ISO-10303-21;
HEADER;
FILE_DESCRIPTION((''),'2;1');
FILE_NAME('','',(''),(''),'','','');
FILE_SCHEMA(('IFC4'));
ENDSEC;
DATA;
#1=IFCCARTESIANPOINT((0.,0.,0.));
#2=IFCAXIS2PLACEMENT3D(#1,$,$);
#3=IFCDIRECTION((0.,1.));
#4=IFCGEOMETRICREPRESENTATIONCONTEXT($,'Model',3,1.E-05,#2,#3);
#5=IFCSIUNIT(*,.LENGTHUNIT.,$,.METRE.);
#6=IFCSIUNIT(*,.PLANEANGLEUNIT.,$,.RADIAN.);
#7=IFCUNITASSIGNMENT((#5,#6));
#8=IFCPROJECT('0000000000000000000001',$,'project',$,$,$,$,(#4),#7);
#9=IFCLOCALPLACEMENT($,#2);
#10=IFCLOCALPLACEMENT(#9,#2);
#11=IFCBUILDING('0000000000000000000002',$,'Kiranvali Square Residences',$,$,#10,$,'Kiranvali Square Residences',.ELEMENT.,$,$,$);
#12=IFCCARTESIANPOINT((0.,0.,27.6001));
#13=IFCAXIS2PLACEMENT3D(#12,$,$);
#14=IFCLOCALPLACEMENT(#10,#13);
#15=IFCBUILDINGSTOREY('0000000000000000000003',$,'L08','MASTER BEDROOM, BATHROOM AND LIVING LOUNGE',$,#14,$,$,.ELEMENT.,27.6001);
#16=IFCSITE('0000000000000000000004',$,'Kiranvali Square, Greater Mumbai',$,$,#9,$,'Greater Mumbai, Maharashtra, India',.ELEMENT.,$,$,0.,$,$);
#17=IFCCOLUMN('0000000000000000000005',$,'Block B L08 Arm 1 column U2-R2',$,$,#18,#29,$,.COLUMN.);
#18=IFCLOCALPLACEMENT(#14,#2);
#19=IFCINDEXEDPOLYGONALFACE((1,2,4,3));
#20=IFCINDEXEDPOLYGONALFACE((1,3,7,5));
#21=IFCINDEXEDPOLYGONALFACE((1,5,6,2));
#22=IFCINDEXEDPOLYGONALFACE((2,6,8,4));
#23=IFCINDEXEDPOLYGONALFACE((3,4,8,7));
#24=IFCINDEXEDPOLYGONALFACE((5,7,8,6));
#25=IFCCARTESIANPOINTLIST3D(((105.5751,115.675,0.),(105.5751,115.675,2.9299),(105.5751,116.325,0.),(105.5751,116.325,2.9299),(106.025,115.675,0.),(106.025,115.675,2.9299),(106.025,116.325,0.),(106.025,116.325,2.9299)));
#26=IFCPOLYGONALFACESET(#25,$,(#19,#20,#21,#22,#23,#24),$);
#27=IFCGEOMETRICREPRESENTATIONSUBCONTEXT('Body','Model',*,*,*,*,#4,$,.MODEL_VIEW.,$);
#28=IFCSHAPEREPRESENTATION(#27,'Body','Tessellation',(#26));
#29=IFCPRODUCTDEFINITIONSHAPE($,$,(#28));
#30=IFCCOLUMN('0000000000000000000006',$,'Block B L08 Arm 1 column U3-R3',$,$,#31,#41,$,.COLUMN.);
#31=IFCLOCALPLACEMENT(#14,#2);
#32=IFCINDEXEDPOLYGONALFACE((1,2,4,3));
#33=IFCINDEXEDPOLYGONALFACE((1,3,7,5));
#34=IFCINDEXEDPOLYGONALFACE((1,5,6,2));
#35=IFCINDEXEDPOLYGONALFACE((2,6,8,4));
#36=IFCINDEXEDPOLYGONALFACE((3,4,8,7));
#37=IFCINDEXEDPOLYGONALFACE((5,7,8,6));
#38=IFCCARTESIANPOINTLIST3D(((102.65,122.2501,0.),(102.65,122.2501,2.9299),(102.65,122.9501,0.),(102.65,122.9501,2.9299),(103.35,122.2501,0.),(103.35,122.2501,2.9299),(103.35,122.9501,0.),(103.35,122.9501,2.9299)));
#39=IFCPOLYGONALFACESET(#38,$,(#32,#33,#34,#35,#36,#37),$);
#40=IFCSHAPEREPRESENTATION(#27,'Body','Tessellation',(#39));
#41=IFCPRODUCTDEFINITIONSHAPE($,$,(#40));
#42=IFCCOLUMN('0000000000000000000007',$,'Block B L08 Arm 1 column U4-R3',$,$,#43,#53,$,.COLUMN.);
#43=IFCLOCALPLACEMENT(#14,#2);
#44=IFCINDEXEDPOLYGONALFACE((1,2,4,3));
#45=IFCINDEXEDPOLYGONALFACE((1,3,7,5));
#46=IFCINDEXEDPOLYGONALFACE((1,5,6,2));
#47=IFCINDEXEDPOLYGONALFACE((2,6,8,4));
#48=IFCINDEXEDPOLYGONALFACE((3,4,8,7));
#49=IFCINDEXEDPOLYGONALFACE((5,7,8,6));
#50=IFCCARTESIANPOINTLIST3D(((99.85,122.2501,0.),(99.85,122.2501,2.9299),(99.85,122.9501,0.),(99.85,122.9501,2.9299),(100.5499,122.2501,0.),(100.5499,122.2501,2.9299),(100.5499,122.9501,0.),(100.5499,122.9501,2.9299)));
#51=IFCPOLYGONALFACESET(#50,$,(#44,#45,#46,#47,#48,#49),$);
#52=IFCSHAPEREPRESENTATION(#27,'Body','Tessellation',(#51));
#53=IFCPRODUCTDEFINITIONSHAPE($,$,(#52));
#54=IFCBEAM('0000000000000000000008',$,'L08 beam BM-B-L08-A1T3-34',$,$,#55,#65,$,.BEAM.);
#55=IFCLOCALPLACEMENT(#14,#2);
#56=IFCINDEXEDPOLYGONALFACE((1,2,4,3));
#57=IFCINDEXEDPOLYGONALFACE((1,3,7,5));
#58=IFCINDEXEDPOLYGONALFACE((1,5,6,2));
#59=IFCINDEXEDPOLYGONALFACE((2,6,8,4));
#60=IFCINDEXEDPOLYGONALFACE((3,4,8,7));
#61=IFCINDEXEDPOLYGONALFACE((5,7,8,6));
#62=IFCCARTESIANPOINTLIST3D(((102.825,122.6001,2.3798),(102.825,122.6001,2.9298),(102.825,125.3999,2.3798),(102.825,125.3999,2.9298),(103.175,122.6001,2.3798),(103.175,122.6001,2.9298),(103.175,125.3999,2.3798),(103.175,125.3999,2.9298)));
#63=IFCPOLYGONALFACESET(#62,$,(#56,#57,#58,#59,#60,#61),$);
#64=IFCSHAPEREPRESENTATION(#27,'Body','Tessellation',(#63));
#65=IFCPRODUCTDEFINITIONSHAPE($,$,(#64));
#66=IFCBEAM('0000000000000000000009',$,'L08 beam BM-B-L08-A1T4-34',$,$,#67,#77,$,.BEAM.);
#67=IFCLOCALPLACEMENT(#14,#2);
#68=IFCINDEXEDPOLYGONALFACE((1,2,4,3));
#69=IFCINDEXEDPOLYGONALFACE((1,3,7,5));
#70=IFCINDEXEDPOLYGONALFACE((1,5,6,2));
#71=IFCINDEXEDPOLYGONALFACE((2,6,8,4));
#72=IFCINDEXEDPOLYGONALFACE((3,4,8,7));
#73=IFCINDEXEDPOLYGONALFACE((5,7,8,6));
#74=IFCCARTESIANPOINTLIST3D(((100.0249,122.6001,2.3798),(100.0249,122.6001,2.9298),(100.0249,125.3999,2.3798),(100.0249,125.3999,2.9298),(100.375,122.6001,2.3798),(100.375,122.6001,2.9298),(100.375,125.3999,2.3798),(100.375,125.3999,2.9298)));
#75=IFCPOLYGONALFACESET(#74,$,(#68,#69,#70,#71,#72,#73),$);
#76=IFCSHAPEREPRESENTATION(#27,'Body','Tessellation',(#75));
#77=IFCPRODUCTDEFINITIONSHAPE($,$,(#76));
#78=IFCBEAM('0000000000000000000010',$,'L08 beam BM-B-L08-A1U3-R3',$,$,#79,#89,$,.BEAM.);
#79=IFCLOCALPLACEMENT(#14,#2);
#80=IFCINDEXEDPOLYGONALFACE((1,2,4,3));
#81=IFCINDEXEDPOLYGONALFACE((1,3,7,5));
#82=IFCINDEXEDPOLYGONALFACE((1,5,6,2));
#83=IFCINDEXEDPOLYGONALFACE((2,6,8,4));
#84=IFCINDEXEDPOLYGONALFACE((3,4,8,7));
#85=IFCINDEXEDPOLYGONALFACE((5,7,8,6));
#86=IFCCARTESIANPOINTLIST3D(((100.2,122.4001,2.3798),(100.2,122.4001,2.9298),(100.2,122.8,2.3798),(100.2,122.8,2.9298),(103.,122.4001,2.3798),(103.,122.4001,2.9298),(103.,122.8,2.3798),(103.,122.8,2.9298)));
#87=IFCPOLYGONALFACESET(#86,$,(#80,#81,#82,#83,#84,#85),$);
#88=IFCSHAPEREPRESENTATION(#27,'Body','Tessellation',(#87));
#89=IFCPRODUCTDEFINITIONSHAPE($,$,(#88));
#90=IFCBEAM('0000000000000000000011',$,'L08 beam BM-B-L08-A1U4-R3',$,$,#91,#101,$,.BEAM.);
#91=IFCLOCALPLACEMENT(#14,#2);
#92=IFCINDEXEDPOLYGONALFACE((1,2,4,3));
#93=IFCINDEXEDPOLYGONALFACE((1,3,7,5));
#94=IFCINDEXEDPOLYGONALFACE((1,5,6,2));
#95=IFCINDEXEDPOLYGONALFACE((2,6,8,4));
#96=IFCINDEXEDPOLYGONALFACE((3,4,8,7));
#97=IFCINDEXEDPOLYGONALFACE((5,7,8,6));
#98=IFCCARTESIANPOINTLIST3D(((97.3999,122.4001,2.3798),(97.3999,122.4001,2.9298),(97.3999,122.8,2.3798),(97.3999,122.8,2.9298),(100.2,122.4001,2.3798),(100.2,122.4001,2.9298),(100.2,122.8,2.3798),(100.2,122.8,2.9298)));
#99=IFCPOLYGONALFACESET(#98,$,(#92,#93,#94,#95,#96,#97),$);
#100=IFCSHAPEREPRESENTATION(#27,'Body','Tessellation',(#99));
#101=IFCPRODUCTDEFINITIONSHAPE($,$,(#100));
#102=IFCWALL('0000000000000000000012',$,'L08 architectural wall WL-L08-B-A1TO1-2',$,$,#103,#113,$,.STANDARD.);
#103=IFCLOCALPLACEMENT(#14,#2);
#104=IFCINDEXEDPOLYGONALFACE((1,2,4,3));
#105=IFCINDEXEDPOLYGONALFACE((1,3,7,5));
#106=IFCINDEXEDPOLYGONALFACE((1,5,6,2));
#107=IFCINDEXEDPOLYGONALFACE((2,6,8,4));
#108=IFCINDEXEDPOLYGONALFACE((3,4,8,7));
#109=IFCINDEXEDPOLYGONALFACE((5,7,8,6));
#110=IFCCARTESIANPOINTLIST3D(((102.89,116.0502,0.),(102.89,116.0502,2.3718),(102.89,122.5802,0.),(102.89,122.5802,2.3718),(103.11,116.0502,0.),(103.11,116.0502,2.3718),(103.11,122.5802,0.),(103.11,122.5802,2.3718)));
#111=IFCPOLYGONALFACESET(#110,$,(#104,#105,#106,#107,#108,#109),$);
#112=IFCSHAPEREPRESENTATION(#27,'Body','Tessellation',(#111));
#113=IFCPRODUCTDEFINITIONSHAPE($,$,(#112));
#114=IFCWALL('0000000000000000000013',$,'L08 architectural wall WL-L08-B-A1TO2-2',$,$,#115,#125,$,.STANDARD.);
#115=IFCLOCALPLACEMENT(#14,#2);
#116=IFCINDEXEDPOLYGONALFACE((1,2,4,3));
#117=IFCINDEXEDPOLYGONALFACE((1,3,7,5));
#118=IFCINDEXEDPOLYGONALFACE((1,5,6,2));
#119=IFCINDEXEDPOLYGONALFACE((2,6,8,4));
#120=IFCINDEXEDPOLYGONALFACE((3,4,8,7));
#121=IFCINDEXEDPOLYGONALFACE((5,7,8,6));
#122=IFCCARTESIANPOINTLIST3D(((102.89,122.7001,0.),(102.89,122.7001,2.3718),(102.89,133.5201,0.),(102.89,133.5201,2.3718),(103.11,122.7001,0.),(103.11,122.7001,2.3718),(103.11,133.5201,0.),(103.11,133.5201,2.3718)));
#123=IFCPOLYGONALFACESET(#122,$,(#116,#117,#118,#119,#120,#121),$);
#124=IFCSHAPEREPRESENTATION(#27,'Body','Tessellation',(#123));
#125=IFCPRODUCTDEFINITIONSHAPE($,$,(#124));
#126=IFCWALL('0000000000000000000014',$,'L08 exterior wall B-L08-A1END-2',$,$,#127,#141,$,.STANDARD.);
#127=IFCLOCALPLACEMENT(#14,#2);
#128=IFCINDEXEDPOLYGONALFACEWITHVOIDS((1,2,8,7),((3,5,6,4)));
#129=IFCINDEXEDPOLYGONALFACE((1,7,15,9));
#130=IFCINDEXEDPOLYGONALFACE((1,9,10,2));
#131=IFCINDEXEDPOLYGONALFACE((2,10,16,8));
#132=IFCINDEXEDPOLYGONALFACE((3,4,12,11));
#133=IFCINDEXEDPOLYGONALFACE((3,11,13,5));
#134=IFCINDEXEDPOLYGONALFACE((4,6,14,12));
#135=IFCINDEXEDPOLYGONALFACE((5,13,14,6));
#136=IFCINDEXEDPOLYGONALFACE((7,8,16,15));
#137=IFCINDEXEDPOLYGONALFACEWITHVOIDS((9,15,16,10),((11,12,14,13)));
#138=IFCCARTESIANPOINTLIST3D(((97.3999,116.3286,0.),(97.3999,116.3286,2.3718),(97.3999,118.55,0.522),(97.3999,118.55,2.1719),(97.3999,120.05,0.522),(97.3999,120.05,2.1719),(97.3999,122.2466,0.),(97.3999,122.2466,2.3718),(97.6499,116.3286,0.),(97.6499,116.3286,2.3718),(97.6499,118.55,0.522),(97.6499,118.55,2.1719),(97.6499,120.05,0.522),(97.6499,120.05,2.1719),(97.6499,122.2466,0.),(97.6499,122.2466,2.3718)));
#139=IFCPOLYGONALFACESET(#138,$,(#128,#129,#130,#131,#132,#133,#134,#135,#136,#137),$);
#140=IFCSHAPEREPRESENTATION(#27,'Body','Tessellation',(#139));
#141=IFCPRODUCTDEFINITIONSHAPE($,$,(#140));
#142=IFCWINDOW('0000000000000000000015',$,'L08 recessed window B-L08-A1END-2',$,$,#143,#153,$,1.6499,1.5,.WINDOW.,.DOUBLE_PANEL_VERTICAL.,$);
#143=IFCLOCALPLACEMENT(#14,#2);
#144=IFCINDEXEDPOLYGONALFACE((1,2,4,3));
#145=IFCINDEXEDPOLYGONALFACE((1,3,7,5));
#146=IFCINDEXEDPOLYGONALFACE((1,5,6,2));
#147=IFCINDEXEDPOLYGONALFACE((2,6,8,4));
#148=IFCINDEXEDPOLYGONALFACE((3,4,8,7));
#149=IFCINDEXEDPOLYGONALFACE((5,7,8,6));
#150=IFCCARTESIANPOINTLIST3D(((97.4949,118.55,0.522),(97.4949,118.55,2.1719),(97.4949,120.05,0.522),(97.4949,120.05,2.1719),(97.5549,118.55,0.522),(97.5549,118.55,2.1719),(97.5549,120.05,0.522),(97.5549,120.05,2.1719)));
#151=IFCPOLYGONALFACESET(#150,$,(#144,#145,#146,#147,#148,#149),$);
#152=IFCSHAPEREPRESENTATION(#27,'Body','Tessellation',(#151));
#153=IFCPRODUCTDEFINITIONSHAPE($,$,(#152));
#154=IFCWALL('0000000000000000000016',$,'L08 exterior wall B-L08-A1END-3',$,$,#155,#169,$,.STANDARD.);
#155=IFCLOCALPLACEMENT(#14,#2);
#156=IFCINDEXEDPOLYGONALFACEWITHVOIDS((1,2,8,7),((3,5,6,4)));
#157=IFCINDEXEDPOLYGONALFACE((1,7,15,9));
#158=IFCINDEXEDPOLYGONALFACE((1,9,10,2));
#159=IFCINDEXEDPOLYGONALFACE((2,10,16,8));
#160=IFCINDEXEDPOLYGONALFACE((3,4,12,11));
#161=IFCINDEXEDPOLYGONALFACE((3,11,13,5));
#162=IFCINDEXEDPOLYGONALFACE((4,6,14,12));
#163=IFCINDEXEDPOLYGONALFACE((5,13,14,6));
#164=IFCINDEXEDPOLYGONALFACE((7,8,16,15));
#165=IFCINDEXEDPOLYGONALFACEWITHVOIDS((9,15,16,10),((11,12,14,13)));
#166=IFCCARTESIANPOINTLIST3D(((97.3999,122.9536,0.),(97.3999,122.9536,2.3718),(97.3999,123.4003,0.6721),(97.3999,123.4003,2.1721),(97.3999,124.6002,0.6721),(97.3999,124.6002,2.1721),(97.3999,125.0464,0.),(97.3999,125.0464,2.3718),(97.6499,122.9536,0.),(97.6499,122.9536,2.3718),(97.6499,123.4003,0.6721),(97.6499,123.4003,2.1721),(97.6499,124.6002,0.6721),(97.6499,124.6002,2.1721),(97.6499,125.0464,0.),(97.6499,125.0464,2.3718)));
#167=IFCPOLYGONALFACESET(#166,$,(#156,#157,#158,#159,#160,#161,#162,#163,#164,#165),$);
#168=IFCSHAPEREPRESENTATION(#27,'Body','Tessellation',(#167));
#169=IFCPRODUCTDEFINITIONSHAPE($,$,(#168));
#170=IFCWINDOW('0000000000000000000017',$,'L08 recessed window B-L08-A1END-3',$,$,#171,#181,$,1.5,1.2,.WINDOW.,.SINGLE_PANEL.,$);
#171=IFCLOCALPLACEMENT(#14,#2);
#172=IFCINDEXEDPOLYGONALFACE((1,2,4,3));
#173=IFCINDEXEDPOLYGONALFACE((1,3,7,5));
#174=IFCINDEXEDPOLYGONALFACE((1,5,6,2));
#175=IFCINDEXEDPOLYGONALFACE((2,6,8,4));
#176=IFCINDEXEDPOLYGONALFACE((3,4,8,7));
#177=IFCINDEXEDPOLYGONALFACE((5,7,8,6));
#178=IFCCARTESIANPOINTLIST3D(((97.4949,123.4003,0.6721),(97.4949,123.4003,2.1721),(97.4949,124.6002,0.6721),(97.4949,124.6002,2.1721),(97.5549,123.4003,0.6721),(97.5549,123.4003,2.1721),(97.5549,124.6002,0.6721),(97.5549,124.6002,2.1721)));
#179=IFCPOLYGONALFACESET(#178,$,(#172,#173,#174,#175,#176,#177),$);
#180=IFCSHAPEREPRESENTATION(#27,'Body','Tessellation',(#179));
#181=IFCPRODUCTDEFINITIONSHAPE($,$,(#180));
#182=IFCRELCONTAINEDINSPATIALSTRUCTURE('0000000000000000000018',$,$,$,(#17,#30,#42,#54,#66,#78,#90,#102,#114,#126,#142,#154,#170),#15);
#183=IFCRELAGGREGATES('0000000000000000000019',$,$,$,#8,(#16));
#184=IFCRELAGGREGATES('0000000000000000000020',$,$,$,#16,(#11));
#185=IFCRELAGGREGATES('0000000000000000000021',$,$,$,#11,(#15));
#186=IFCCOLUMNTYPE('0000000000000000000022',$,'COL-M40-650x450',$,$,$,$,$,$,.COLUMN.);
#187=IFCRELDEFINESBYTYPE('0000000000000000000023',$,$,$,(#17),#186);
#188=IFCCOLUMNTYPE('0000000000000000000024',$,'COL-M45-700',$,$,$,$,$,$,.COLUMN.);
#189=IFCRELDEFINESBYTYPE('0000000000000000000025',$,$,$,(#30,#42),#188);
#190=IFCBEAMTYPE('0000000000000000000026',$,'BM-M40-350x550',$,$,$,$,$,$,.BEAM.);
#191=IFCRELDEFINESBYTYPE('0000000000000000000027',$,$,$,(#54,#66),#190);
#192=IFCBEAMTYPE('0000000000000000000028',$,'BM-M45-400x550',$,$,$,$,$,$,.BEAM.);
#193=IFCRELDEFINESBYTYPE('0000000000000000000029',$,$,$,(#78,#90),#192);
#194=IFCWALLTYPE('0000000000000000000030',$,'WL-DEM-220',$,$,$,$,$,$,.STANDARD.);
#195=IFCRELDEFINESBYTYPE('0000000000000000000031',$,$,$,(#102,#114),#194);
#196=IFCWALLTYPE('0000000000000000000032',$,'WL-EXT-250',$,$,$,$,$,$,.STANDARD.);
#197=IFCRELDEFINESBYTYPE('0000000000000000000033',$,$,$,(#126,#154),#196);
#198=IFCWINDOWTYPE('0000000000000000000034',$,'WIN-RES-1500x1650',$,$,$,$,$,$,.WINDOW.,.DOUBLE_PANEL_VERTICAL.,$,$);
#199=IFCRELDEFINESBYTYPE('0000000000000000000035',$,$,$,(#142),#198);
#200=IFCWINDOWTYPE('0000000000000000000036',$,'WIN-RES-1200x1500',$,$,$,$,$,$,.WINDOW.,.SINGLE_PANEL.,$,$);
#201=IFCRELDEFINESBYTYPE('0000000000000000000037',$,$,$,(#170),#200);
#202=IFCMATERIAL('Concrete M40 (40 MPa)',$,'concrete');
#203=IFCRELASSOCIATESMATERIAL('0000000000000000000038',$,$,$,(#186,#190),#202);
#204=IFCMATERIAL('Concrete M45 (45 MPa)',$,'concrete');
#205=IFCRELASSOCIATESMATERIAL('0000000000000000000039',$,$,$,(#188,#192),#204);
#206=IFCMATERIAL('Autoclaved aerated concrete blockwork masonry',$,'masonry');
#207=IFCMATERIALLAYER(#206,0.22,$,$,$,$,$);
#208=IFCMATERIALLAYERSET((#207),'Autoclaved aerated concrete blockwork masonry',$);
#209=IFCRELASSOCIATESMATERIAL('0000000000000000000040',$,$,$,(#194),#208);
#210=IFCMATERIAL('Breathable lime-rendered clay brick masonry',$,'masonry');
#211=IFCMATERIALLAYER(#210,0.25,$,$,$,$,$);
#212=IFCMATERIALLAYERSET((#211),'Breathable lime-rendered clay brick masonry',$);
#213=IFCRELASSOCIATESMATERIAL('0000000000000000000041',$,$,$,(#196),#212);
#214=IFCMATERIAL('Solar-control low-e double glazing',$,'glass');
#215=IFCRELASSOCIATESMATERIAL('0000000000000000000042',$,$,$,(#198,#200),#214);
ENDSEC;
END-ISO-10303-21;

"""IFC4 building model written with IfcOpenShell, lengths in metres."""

from ifc_helpers import new_model, si_unit, direction, frame, frame_2d, origin, origin_2d, place, context, subcontext, project, spatial, rectangle, extrude, material, layer, layer_set, material_profile, profile_set, type_object, element, fill, save


model = new_model("IFC4")

# Units and contexts
model_context = context("Model", 3, precision=1e-05, world=origin(), true_north=direction((0.0, 1.0)))
body_context = subcontext(model_context, "Body", "Model", "MODEL_VIEW")
ifc_project = project(units=[si_unit("LENGTHUNIT", "METRE"), si_unit("PLANEANGLEUNIT", "RADIAN")], contexts=[model_context])

# Site, building, storey
site_placement = place(None, origin())
site = spatial("IfcSite", under=ifc_project, at=site_placement, Name="Kiranvali Square, Greater Mumbai", LongName="Greater Mumbai, Maharashtra, India", CompositionType="ELEMENT", RefElevation=0.0)
building_placement = place(site_placement, origin())
building = spatial("IfcBuilding", under=site, at=building_placement, Name="Kiranvali Square Residences", LongName="Kiranvali Square Residences", CompositionType="ELEMENT")
storey_placement = place(building_placement, frame((0.0, 0.0, 27.6001)))
storey = spatial("IfcBuildingStorey", under=building, at=storey_placement, Name="L08", Description="MASTER BEDROOM, BATHROOM AND LIVING LOUNGE", CompositionType="ELEMENT", Elevation=27.6001)

# Columns
ifc_material_1 = material(Name="Concrete M40 (40 MPa)", Category="concrete")
ifc_material_profile_1 = material_profile(ifc_material_1, rectangle(XDim=0.45, YDim=0.6499, at=origin_2d()), Name="RC 650x450")
ifc_profile_set_1 = profile_set([ifc_material_profile_1], Name="Concrete M40 (40 MPa)")
column_type_1 = type_object("IfcColumnType", Name="COL-M40-650x450", PredefinedType="COLUMN", material=ifc_profile_set_1)
column_placement = place(storey_placement, frame((105.8, 116.0, 0.0), z_axis=(0.0, 0.0, 1.0), x_axis=(1.0, 0.0, 0.0)))
element("IfcColumn", 1, at=column_placement, inside=storey, type_object=column_type_1, Name="Block B L08 Arm 1 column U2-R2", PredefinedType="COLUMN", context=body_context, shape_type="SweptSolid", body=[
    extrude(rectangle(XDim=0.45, YDim=0.6499, at=origin_2d()), origin(), (0.0, 0.0, 1.0), 2.9299),
])
ifc_material_2 = material(Name="Concrete M45 (45 MPa)", Category="concrete")
ifc_material_profile_2 = material_profile(ifc_material_2, rectangle(XDim=0.7, YDim=0.7, at=origin_2d()), Name="RC 700x700")
ifc_profile_set_2 = profile_set([ifc_material_profile_2], Name="Concrete M45 (45 MPa)")
column_type_2 = type_object("IfcColumnType", Name="COL-M45-700", PredefinedType="COLUMN", material=ifc_profile_set_2)
for number, where, z_axis, x_axis, name in (
    (2, (103.0, 122.6001, 0.0), (0.0, 0.0, 1.0), (1.0, 0.0, 0.0), "Block B L08 Arm 1 column U3-R3"),
    (3, (100.2, 122.6001, 0.0), (0.0, 0.0, 1.0), (1.0, 0.0, 0.0), "Block B L08 Arm 1 column U4-R3"),
):
    element("IfcColumn", number, at=place(storey_placement, frame(where, z_axis=z_axis, x_axis=x_axis)), inside=storey, type_object=column_type_2, Name=name, PredefinedType="COLUMN", context=body_context, shape_type="SweptSolid", body=[
        extrude(rectangle(XDim=0.7, YDim=0.7, at=origin_2d()), origin(), (0.0, 0.0, 1.0), 2.9299),
    ])

# Beams
ifc_material_profile_3 = material_profile(ifc_material_1, rectangle(XDim=0.3501, YDim=0.55, at=origin_2d()), Name="RC 350x550")
ifc_profile_set_3 = profile_set([ifc_material_profile_3], Name="Concrete M40 (40 MPa)")
beam_type_1 = type_object("IfcBeamType", Name="BM-M40-350x550", PredefinedType="BEAM", material=ifc_profile_set_3)
for number, where, z_axis, x_axis, name in (
    (4, (103.0, 122.6001, 2.6548), (0.0, 1.0, 0.0), (-1.0, 0.0, 0.0), "L08 beam BM-B-L08-A1T3-34"),
    (5, (100.2, 122.6001, 2.6548), (0.0, 1.0, 0.0), (-1.0, 0.0, 0.0), "L08 beam BM-B-L08-A1T4-34"),
):
    element("IfcBeam", number, at=place(storey_placement, frame(where, z_axis=z_axis, x_axis=x_axis)), inside=storey, type_object=beam_type_1, Name=name, PredefinedType="BEAM", context=body_context, shape_type="SweptSolid", body=[
        extrude(rectangle(XDim=0.3501, YDim=0.55, at=origin_2d()), origin(), (0.0, 0.0, 1.0), 2.7998),
    ])
ifc_material_profile_4 = material_profile(ifc_material_2, rectangle(XDim=0.3999, YDim=0.55, at=origin_2d()), Name="RC 400x550")
ifc_profile_set_4 = profile_set([ifc_material_profile_4], Name="Concrete M45 (45 MPa)")
beam_type_2 = type_object("IfcBeamType", Name="BM-M45-400x550", PredefinedType="BEAM", material=ifc_profile_set_4)
for number, where, z_axis, x_axis, name in (
    (6, (103.0, 122.6001, 2.6548), (-1.0, 0.0, 0.0), (0.0, -1.0, 0.0), "L08 beam BM-B-L08-A1U3-R3"),
    (7, (100.2, 122.6001, 2.6548), (-1.0, 0.0, 0.0), (0.0, -1.0, 0.0), "L08 beam BM-B-L08-A1U4-R3"),
):
    element("IfcBeam", number, at=place(storey_placement, frame(where, z_axis=z_axis, x_axis=x_axis)), inside=storey, type_object=beam_type_2, Name=name, PredefinedType="BEAM", context=body_context, shape_type="SweptSolid", body=[
        extrude(rectangle(XDim=0.3999, YDim=0.55, at=origin_2d()), origin(), (0.0, 0.0, 1.0), 2.8),
    ])

# Shared definitions
ifc_material_3 = material(Name="Autoclaved aerated concrete blockwork masonry", Category="masonry")

# Walls
ifc_layer_1 = layer(ifc_material_3, 0.22)
ifc_layer_set_1 = layer_set([ifc_layer_1], Name="Autoclaved aerated concrete blockwork masonry")
wall_type_1 = type_object("IfcWallType", Name="WL-DEM-220", PredefinedType="STANDARD", material=ifc_layer_set_1)
wall_1_placement = place(storey_placement, frame((103.0, 116.05, 0.0), z_axis=(0.0, 0.0, 1.0), x_axis=(0.0, 1.0, 0.0)))
element("IfcWall", 8, at=wall_1_placement, inside=storey, type_object=wall_type_1, Name="L08 architectural wall WL-L08-B-A1TO1-2", PredefinedType="STANDARD", context=body_context, shape_type="SweptSolid", body=[
    extrude(rectangle(XDim=6.53, YDim=0.22, at=frame_2d((3.2651, 0.0))), origin(), (0.0, 0.0, 1.0), 2.3718),
])
wall_2_placement = place(storey_placement, frame((103.0, 122.7, 0.0), z_axis=(0.0, 0.0, 1.0), x_axis=(0.0, 1.0, 0.0)))
element("IfcWall", 9, at=wall_2_placement, inside=storey, type_object=wall_type_1, Name="L08 architectural wall WL-L08-B-A1TO2-2", PredefinedType="STANDARD", context=body_context, shape_type="SweptSolid", body=[
    extrude(rectangle(XDim=10.8201, YDim=0.22, at=frame_2d((5.4102, 0.0))), origin(), (0.0, 0.0, 1.0), 2.3718),
])

# Walls, openings, windows
ifc_material_4 = material(Name="Breathable lime-rendered clay brick masonry", Category="masonry")
ifc_layer_2 = layer(ifc_material_4, 0.25)
ifc_layer_set_2 = layer_set([ifc_layer_2], Name="Breathable lime-rendered clay brick masonry")
wall_type_2 = type_object("IfcWallType", Name="WL-EXT-250", PredefinedType="STANDARD", material=ifc_layer_set_2)
wall_3_placement = place(storey_placement, frame((97.5249, 116.3286, 0.0), z_axis=(0.0, 0.0, 1.0), x_axis=(0.0, 1.0, 0.0)))
wall_3 = element("IfcWall", 10, at=wall_3_placement, inside=storey, type_object=wall_type_2, Name="L08 exterior wall B-L08-A1END-2", PredefinedType="STANDARD", context=body_context, shape_type="SweptSolid", body=[
    extrude(rectangle(XDim=5.918, YDim=0.25, at=frame_2d((2.959, 0.0))), origin(), (0.0, 0.0, 1.0), 2.3718),
])
opening_1_placement = place(wall_3_placement, frame((2.2214, 0.0, 0.522)))
opening_1 = element("IfcOpeningElement", 11, at=opening_1_placement, cuts=wall_3, PredefinedType="OPENING", context=body_context, shape_type="SweptSolid", body=[
    extrude(rectangle(XDim=1.5, YDim=1.6499, at=frame_2d((0.75, 0.825))), frame((0.0, 0.135, 0.0), z_axis=(0.0, -1.0, 0.0), x_axis=(1.0, 0.0, 0.0)), (0.0, 0.0, 1.0), 0.27),
])
ifc_material_5 = material(Name="Solar-control low-e double glazing", Category="glass")
window_type_1 = type_object("IfcWindowType", Name="WIN-RES-1500x1650", PartitioningType="DOUBLE_PANEL_VERTICAL", PredefinedType="WINDOW", material=ifc_material_5)
window_1_placement = place(opening_1_placement, origin())
window_1 = element("IfcWindow", 12, at=window_1_placement, inside=storey, type_object=window_type_1, Name="L08 recessed window B-L08-A1END-2", OverallHeight=1.6499, OverallWidth=1.5, PartitioningType="DOUBLE_PANEL_VERTICAL", PredefinedType="WINDOW", context=body_context, shape_type="SweptSolid", body=[
    extrude(rectangle(XDim=1.5, YDim=1.6499, at=frame_2d((0.75, 0.825))), frame((0.0, 0.03, 0.0), z_axis=(0.0, -1.0, 0.0), x_axis=(1.0, 0.0, 0.0)), (0.0, 0.0, 1.0), 0.0601),
])
fill(opening_1, window_1)
wall_4_placement = place(storey_placement, frame((97.5249, 122.9536, 0.0), z_axis=(0.0, 0.0, 1.0), x_axis=(0.0, 1.0, 0.0)))
wall_4 = element("IfcWall", 13, at=wall_4_placement, inside=storey, type_object=wall_type_2, Name="L08 exterior wall B-L08-A1END-3", PredefinedType="STANDARD", context=body_context, shape_type="SweptSolid", body=[
    extrude(rectangle(XDim=2.0928, YDim=0.25, at=frame_2d((1.0464, 0.0))), origin(), (0.0, 0.0, 1.0), 2.3718),
])
opening_2_placement = place(wall_4_placement, frame((0.4465, 0.0, 0.6721)))
opening_2 = element("IfcOpeningElement", 14, at=opening_2_placement, cuts=wall_4, PredefinedType="OPENING", context=body_context, shape_type="SweptSolid", body=[
    extrude(rectangle(XDim=1.2, YDim=1.5, at=frame_2d((0.6001, 0.75))), frame((0.0, 0.135, 0.0), z_axis=(0.0, -1.0, 0.0), x_axis=(1.0, 0.0, 0.0)), (0.0, 0.0, 1.0), 0.27),
])
window_type_2 = type_object("IfcWindowType", Name="WIN-RES-1200x1500", PartitioningType="SINGLE_PANEL", PredefinedType="WINDOW", material=ifc_material_5)
window_2_placement = place(opening_2_placement, origin())
window_2 = element("IfcWindow", 15, at=window_2_placement, inside=storey, type_object=window_type_2, Name="L08 recessed window B-L08-A1END-3", OverallHeight=1.5, OverallWidth=1.2, PartitioningType="SINGLE_PANEL", PredefinedType="WINDOW", context=body_context, shape_type="SweptSolid", body=[
    extrude(rectangle(XDim=1.2, YDim=1.5, at=frame_2d((0.6001, 0.75))), frame((0.0, 0.03, 0.0), z_axis=(0.0, -1.0, 0.0), x_axis=(1.0, 0.0, 0.0)), (0.0, 0.0, 1.0), 0.0601),
])
fill(opening_2, window_2)

save(model, "model.ifc")
